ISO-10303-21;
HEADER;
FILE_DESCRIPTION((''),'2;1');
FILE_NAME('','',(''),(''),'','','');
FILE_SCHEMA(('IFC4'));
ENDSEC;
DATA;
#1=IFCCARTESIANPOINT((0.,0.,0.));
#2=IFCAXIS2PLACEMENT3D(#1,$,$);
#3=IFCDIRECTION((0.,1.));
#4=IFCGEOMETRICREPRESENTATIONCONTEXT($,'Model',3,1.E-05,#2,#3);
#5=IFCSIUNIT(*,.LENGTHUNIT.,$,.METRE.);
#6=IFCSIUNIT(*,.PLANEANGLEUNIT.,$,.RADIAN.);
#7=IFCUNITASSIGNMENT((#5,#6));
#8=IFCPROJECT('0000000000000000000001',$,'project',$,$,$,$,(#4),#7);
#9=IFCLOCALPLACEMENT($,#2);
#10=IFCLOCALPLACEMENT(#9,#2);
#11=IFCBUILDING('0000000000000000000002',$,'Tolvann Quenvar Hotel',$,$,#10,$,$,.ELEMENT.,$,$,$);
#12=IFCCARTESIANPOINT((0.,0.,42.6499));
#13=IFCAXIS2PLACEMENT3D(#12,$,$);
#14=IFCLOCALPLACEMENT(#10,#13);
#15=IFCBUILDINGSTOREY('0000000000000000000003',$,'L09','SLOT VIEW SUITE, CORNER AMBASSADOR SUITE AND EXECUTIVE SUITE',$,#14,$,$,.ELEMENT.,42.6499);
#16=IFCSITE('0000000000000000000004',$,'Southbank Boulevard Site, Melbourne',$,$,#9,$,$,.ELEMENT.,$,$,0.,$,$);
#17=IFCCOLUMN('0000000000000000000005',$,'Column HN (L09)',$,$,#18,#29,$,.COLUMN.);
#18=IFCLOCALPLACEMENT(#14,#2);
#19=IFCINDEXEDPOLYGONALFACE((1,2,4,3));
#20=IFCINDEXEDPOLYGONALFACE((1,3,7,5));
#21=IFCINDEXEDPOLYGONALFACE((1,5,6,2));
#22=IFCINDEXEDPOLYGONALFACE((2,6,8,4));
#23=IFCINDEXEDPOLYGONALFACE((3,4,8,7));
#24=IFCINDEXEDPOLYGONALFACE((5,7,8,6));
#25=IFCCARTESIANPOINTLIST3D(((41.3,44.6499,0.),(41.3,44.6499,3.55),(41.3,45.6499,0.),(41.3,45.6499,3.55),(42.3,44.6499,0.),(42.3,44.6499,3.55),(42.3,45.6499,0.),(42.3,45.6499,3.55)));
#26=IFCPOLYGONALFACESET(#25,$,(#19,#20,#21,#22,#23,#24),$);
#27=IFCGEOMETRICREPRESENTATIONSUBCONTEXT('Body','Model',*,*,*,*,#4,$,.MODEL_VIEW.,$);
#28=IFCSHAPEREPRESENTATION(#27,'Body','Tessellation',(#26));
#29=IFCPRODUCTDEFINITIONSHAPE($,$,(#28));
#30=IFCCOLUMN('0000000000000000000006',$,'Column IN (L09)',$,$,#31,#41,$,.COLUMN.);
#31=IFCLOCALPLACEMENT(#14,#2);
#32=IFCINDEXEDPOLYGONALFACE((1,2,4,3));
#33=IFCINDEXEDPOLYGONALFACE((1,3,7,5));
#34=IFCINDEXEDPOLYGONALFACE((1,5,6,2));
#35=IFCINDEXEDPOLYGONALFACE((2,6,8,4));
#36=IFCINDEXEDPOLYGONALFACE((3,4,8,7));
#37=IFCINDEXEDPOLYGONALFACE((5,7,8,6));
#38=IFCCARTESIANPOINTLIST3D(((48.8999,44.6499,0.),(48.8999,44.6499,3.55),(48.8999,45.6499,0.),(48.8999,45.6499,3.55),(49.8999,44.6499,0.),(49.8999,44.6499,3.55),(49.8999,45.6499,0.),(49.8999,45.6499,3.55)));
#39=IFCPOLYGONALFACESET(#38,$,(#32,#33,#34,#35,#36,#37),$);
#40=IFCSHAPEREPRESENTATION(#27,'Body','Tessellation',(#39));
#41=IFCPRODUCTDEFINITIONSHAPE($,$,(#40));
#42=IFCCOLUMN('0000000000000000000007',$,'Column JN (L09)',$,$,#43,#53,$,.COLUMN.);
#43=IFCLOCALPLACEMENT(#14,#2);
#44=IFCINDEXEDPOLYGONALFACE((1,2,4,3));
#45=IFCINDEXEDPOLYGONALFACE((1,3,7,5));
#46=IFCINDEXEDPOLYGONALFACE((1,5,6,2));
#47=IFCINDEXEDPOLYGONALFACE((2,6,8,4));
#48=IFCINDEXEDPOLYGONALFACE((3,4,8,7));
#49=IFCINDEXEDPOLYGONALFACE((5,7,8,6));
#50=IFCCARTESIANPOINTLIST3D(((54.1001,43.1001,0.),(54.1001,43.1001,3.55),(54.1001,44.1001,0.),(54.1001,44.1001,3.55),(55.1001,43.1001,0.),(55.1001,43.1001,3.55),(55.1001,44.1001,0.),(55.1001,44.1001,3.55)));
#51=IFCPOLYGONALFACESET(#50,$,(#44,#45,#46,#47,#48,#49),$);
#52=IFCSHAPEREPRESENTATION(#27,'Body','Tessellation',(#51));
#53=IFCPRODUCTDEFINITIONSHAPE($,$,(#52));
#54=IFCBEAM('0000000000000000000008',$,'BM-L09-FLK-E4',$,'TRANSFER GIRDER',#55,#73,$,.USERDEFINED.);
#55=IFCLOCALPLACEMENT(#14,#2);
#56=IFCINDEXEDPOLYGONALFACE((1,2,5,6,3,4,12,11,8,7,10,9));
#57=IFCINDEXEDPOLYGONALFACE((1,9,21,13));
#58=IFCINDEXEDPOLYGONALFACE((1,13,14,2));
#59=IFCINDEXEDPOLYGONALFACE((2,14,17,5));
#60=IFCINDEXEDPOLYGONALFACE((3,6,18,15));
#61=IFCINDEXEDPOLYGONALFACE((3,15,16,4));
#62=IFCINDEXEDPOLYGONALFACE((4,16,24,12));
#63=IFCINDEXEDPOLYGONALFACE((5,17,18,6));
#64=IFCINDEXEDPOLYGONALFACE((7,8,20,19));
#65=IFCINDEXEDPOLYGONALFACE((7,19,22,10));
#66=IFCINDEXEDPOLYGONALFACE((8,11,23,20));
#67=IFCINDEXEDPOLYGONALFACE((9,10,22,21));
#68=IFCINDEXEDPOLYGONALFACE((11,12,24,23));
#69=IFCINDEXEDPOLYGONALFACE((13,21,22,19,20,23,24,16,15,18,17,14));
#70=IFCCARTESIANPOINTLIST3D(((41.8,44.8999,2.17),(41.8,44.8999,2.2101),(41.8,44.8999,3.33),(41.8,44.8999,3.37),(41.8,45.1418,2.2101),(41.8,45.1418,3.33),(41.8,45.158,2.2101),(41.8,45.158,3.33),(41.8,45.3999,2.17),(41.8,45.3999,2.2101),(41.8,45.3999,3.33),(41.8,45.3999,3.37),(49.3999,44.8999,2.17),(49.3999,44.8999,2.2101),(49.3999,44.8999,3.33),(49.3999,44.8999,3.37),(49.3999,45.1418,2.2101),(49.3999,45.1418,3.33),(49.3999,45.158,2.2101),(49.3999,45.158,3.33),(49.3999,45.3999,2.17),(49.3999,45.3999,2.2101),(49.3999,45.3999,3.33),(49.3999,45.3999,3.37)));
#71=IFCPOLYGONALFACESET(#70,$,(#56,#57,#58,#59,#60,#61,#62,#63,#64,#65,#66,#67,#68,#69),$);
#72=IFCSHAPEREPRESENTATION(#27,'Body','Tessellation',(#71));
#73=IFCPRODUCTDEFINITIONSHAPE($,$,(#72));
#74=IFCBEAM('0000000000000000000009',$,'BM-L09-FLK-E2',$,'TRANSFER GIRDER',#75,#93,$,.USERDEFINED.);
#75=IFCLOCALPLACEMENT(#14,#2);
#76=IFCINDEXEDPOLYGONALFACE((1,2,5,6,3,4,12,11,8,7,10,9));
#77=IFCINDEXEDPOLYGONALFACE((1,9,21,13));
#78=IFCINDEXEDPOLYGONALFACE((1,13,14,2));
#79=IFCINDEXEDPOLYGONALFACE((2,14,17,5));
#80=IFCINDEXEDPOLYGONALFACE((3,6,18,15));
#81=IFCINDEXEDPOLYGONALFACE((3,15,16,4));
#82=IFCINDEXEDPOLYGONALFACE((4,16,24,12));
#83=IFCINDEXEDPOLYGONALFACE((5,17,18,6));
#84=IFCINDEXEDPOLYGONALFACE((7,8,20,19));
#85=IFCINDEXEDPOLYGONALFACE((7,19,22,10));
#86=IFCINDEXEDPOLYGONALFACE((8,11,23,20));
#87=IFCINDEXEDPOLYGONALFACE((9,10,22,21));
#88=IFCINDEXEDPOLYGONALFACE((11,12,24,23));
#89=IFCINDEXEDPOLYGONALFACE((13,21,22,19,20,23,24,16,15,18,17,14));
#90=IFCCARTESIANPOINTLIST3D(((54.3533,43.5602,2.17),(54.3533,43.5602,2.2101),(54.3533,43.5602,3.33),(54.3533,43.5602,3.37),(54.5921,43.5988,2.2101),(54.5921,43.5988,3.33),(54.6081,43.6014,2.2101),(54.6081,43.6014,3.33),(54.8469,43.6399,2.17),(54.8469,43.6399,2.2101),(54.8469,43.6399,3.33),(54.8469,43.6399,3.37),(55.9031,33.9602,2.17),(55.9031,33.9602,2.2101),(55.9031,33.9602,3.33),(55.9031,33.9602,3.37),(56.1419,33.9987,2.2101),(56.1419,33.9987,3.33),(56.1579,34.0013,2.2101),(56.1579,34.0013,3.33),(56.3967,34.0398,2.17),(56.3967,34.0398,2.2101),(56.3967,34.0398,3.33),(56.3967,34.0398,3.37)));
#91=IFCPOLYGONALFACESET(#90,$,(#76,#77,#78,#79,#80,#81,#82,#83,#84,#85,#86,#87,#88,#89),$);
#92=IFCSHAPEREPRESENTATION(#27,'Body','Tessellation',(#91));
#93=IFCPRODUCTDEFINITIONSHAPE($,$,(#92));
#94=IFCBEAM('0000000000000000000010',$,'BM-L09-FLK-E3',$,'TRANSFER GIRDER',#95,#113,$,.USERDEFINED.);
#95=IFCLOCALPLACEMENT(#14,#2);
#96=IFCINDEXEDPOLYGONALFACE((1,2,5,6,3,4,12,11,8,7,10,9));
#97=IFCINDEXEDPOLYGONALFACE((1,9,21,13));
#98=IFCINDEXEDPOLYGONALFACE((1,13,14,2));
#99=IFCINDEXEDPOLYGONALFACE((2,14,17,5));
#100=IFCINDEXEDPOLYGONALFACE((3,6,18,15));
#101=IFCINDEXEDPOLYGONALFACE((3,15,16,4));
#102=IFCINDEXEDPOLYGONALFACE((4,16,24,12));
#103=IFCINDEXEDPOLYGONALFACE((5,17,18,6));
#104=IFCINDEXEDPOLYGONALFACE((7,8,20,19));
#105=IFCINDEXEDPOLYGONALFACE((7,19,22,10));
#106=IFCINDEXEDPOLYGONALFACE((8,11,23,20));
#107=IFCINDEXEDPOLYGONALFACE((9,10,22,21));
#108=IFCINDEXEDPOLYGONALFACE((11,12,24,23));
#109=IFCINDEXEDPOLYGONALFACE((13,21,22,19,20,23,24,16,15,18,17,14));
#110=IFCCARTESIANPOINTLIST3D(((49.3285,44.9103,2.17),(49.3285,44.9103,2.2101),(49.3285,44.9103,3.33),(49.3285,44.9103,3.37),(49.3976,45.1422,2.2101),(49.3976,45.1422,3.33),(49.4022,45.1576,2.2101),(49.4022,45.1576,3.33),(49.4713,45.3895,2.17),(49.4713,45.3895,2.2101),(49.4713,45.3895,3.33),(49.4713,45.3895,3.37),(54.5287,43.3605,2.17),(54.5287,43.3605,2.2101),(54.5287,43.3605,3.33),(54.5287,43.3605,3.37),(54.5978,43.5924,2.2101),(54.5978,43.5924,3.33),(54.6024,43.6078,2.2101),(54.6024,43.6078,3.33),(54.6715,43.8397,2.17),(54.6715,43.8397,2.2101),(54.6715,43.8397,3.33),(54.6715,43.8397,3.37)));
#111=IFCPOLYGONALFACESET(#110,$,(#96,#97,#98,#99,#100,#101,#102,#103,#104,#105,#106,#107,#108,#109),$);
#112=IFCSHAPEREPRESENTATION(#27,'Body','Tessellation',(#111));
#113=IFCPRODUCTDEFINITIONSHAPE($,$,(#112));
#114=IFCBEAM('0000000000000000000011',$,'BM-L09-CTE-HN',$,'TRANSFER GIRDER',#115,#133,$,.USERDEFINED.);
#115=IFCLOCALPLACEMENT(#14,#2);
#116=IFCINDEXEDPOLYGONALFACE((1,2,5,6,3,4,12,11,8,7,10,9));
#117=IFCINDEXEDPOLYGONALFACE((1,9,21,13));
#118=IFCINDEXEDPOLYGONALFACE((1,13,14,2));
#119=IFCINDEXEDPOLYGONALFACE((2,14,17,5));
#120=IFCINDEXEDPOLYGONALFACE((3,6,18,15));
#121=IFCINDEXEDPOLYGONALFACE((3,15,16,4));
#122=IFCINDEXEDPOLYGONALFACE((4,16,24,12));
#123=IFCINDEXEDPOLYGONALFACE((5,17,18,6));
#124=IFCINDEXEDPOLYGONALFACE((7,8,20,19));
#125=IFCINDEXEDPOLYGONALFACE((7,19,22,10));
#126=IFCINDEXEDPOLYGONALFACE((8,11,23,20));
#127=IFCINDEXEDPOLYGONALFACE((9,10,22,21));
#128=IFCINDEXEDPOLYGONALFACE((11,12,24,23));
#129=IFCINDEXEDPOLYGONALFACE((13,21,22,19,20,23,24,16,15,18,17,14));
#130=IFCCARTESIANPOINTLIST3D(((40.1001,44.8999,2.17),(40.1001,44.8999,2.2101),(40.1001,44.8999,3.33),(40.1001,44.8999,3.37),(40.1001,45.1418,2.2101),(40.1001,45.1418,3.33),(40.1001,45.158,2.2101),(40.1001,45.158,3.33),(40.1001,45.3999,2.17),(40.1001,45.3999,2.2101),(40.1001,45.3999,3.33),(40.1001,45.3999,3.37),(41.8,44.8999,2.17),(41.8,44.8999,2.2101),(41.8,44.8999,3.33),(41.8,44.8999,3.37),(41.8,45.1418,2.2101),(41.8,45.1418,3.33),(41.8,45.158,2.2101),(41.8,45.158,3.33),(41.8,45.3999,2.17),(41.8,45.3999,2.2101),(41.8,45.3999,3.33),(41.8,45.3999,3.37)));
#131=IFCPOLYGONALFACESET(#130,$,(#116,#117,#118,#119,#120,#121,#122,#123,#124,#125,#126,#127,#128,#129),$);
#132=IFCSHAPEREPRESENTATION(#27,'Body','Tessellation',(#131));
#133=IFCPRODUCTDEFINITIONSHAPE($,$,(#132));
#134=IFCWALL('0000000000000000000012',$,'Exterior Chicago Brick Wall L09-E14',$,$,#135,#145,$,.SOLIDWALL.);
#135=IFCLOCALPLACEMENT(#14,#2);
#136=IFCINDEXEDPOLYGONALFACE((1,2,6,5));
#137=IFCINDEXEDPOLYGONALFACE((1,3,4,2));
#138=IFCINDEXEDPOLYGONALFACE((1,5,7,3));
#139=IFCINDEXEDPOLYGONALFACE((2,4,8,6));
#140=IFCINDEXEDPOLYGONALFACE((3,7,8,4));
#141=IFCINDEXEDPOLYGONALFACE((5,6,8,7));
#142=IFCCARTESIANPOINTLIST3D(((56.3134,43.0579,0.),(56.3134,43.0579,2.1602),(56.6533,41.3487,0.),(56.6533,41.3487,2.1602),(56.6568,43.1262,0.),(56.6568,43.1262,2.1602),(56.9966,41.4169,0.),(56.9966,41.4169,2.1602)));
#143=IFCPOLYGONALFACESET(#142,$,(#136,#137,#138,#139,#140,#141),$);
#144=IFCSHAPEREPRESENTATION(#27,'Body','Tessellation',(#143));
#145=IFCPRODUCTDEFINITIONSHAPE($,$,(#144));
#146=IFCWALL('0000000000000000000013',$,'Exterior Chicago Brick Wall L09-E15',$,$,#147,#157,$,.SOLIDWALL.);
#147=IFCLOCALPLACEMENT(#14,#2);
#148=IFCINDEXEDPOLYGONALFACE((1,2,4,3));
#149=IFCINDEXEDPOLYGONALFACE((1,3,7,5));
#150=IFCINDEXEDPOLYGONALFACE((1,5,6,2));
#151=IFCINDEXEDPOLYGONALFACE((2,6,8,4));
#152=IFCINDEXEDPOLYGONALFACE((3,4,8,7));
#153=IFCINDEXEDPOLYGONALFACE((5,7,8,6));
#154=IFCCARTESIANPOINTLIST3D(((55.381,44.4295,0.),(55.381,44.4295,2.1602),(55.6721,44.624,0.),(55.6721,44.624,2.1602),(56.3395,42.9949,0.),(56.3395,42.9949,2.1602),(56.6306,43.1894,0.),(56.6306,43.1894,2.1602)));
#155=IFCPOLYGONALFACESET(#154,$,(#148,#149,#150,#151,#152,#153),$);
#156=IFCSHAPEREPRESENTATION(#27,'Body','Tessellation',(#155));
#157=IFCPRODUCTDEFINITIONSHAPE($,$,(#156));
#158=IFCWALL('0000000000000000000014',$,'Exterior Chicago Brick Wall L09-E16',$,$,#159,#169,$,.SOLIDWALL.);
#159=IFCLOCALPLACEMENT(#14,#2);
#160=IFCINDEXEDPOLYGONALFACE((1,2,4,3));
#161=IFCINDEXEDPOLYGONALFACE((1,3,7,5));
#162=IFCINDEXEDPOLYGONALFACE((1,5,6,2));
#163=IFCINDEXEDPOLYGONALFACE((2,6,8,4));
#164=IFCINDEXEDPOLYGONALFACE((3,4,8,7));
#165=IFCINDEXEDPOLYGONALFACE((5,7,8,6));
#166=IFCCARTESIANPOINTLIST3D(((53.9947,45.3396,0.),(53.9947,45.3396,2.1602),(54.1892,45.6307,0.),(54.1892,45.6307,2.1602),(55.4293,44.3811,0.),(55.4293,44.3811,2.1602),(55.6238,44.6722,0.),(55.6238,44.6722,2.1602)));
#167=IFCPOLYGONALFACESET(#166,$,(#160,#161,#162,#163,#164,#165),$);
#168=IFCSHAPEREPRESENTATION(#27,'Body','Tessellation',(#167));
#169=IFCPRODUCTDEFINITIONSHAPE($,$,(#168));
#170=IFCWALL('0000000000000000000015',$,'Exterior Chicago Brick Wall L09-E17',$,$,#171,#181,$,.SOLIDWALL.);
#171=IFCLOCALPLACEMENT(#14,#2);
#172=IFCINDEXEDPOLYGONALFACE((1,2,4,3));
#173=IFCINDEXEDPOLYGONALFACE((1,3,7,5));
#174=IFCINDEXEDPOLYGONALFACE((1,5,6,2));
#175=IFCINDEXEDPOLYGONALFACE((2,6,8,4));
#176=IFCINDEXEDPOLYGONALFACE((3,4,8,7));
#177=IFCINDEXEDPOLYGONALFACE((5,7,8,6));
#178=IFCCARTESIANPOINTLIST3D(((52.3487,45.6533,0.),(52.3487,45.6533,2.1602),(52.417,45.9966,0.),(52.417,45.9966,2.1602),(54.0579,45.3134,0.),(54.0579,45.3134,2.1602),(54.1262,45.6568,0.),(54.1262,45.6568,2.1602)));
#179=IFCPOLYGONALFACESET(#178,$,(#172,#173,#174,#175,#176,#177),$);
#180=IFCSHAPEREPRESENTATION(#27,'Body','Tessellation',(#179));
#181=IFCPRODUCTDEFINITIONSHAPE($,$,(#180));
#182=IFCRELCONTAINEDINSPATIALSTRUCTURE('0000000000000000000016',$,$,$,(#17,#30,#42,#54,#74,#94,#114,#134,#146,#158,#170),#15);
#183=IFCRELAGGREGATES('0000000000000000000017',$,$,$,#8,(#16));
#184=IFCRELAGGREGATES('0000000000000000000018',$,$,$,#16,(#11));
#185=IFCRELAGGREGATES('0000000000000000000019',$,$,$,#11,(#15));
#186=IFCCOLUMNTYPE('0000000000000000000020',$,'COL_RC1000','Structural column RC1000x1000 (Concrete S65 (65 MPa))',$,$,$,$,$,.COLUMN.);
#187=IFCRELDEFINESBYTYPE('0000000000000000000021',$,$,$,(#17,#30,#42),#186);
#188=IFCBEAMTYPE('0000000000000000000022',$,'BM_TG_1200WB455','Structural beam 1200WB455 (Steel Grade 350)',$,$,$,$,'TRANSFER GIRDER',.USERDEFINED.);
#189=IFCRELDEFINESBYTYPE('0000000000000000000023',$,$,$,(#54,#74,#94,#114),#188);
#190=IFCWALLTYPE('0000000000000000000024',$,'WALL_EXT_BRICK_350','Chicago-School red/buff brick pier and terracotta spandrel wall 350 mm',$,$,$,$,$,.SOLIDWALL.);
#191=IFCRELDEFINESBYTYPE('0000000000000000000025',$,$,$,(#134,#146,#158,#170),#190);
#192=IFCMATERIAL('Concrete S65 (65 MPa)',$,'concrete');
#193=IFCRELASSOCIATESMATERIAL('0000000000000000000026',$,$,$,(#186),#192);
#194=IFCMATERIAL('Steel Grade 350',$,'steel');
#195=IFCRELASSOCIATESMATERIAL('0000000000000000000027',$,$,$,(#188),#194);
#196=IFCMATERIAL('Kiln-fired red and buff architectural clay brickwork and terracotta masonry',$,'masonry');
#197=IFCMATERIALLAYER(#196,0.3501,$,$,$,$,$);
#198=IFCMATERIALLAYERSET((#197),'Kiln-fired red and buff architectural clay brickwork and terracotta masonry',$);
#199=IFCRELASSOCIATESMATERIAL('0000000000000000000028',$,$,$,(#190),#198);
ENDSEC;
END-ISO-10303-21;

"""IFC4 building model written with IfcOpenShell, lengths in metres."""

from ifc_helpers import new_model, si_unit, direction, frame, frame_2d, origin, origin_2d, place, context, subcontext, project, spatial, rectangle, i_section, extrude, source, transform, mapped, material, layer, layer_set, material_profile, profile_set, type_object, type_shapes, element, save


model = new_model("IFC4")

# Units and contexts
model_context = context("Model", 3, precision=1e-05, world=origin(), true_north=direction((0.0, 1.0)))
body_context = subcontext(model_context, "Body", "Model", "MODEL_VIEW")
ifc_project = project(units=[si_unit("LENGTHUNIT", "METRE"), si_unit("PLANEANGLEUNIT", "RADIAN")], contexts=[model_context])

# Site, building, storey
site_placement = place(None, origin())
site = spatial("IfcSite", under=ifc_project, at=site_placement, Name="Southbank Boulevard Site, Melbourne", CompositionType="ELEMENT", RefElevation=0.0)
building_placement = place(site_placement, origin())
building = spatial("IfcBuilding", under=site, at=building_placement, Name="Tolvann Quenvar Hotel", CompositionType="ELEMENT")
storey_placement = place(building_placement, frame((0.0, 0.0, 42.6499)))
storey = spatial("IfcBuildingStorey", under=building, at=storey_placement, Name="L09", Description="SLOT VIEW SUITE, CORNER AMBASSADOR SUITE AND EXECUTIVE SUITE", CompositionType="ELEMENT", Elevation=42.6499)

# Columns
ifc_material_1 = material(Name="Concrete S65 (65 MPa)", Category="concrete")
ifc_material_profile_1 = material_profile(ifc_material_1, rectangle(XDim=1.0, YDim=1.0, at=origin_2d()), Name="RC1000x1000")
ifc_profile_set_1 = profile_set([ifc_material_profile_1], Name="Concrete S65 (65 MPa)")
column_type = type_object("IfcColumnType", Name="COL_RC1000", Description="Structural column RC1000x1000 (Concrete S65 (65 MPa))", PredefinedType="COLUMN", material=ifc_profile_set_1)
shared_shape_1 = source(origin(), body_context, "Body", "SweptSolid", [
    extrude(rectangle(XDim=1.0, YDim=1.0, at=origin_2d()), origin(), (0.0, 0.0, 1.0), 3.55),
])
type_shapes(column_type, [shared_shape_1])
for number, where, z_axis, x_axis, name in (
    (1, (41.8, 45.1499, 0.0), (0.0, 0.0, 1.0), (1.0, 0.0, 0.0), "Column HN (L09)"),
    (2, (49.3999, 45.1499, 0.0), (0.0, 0.0, 1.0), (1.0, 0.0, 0.0), "Column IN (L09)"),
    (3, (54.6001, 43.6001, 0.0), (0.0, 0.0, 1.0), (1.0, 0.0, 0.0), "Column JN (L09)"),
):
    element("IfcColumn", number, at=place(storey_placement, frame(where, z_axis=z_axis, x_axis=x_axis)), inside=storey, type_object=column_type, Name=name, PredefinedType="COLUMN", context=body_context, shape_type="MappedRepresentation", body=[
        mapped(shared_shape_1, transform((0.0, 0.0, 0.0), x_axis=(1.0, 0.0, 0.0), y_axis=(0.0, 1.0, 0.0), z_axis=(0.0, 0.0, 1.0), scale=1.0)),
    ])

# Beams
ifc_material_2 = material(Name="Steel Grade 350", Category="steel")
ifc_material_profile_2 = material_profile(ifc_material_2, i_section(OverallWidth=0.5, OverallDepth=1.2, WebThickness=0.0161, FlangeThickness=0.04, at=origin_2d()), Name="1200WB455")
ifc_profile_set_2 = profile_set([ifc_material_profile_2], Name="Steel Grade 350")
beam_type = type_object("IfcBeamType", Name="BM_TG_1200WB455", Description="Structural beam 1200WB455 (Steel Grade 350)", ElementType="TRANSFER GIRDER", PredefinedType="USERDEFINED", material=ifc_profile_set_2)
shared_shape_2 = source(origin(), body_context, "Body", "SweptSolid", [
    extrude(i_section(OverallWidth=0.5, OverallDepth=1.2, WebThickness=0.0161, FlangeThickness=0.04, at=origin_2d()), origin(), (0.0, 0.0, 1.0), 7.5999),
])
beam_1_placement = place(storey_placement, frame((49.3999, 45.1499, 2.77), z_axis=(-1.0, 0.0, 0.0), x_axis=(0.0, -1.0, 0.0)))
element("IfcBeam", 4, at=beam_1_placement, inside=storey, type_object=beam_type, Name="BM-L09-FLK-E4", ObjectType="TRANSFER GIRDER", PredefinedType="USERDEFINED", context=body_context, shape_type="MappedRepresentation", body=[
    mapped(shared_shape_2, transform((0.0, 0.0, 0.0), x_axis=(1.0, 0.0, 0.0), y_axis=(0.0, 1.0, 0.0), z_axis=(0.0, 0.0, 1.0), scale=1.0)),
])
shared_shape_3 = source(origin(), body_context, "Body", "SweptSolid", [
    extrude(i_section(OverallWidth=0.5, OverallDepth=1.2, WebThickness=0.0161, FlangeThickness=0.04, at=origin_2d()), origin(), (0.0, 0.0, 1.0), 9.7244),
])
beam_2_placement = place(storey_placement, frame((56.1499, 34.0, 2.77), z_axis=(-0.159373, 0.987218, 0.0), x_axis=(-0.987218, -0.159373, 0.0)))
element("IfcBeam", 5, at=beam_2_placement, inside=storey, type_object=beam_type, Name="BM-L09-FLK-E2", ObjectType="TRANSFER GIRDER", PredefinedType="USERDEFINED", context=body_context, shape_type="MappedRepresentation", body=[
    mapped(shared_shape_3, transform((0.0, 0.0, 0.0), x_axis=(1.0, 0.0, 0.0), y_axis=(0.0, 1.0, 0.0), z_axis=(0.0, 0.0, 1.0), scale=1.0)),
])
shared_shape_4 = source(origin(), body_context, "Body", "SweptSolid", [
    extrude(i_section(OverallWidth=0.5, OverallDepth=1.2, WebThickness=0.0161, FlangeThickness=0.04, at=origin_2d()), origin(), (0.0, 0.0, 1.0), 5.4263),
])
beam_3_placement = place(storey_placement, frame((54.6001, 43.6001, 2.77), z_axis=(-0.958345, 0.285614, 0.0), x_axis=(-0.285614, -0.958345, 0.0)))
element("IfcBeam", 6, at=beam_3_placement, inside=storey, type_object=beam_type, Name="BM-L09-FLK-E3", ObjectType="TRANSFER GIRDER", PredefinedType="USERDEFINED", context=body_context, shape_type="MappedRepresentation", body=[
    mapped(shared_shape_4, transform((0.0, 0.0, 0.0), x_axis=(1.0, 0.0, 0.0), y_axis=(0.0, 1.0, 0.0), z_axis=(0.0, 0.0, 1.0), scale=1.0)),
])
shared_shape_5 = source(origin(), body_context, "Body", "SweptSolid", [
    extrude(i_section(OverallWidth=0.5, OverallDepth=1.2, WebThickness=0.0161, FlangeThickness=0.04, at=origin_2d()), origin(), (0.0, 0.0, 1.0), 1.7),
])
type_shapes(beam_type, [shared_shape_2, shared_shape_3, shared_shape_4, shared_shape_5])
beam_4_placement = place(storey_placement, frame((40.1001, 45.1499, 2.77), z_axis=(1.0, 0.0, 0.0), x_axis=(0.0, 1.0, 0.0)))
element("IfcBeam", 7, at=beam_4_placement, inside=storey, type_object=beam_type, Name="BM-L09-CTE-HN", ObjectType="TRANSFER GIRDER", PredefinedType="USERDEFINED", context=body_context, shape_type="MappedRepresentation", body=[
    mapped(shared_shape_5, transform((0.0, 0.0, 0.0), x_axis=(1.0, 0.0, 0.0), y_axis=(0.0, 1.0, 0.0), z_axis=(0.0, 0.0, 1.0), scale=1.0)),
])

# Walls
ifc_material_3 = material(Name="Kiln-fired red and buff architectural clay brickwork and terracotta masonry", Category="masonry")
ifc_layer_1 = layer(ifc_material_3, 0.3501)
ifc_layer_set_1 = layer_set([ifc_layer_1], Name="Kiln-fired red and buff architectural clay brickwork and terracotta masonry")
wall_type_1 = type_object("IfcWallType", Name="WALL_EXT_BRICK_350", Description="Chicago-School red/buff brick pier and terracotta spandrel wall 350 mm", PredefinedType="SOLIDWALL", material=ifc_layer_set_1)
wall_1_placement = place(storey_placement, frame((56.825, 41.3828, 0.0), z_axis=(0.0, 0.0, 1.0), x_axis=(-0.195011, 0.980801, 0.0)))
element("IfcWall", 8, at=wall_1_placement, inside=storey, type_object=wall_type_1, Name="Exterior Chicago Brick Wall L09-E14", PredefinedType="SOLIDWALL", context=body_context, shape_type="SweptSolid", body=[
    extrude(rectangle(XDim=1.7427, YDim=0.3501, at=frame_2d((0.8713, 0.0))), origin(), (0.0, 0.0, 1.0), 2.1602),
])
for number, where, z_axis, x_axis, name in (
    (9, (56.4851, 43.092, 0.0), (0.0, 0.0, 1.0), (-0.555549, 0.831484, 0.0), "Exterior Chicago Brick Wall L09-E15"),
    (10, (55.5266, 44.5266, 0.0), (0.0, 0.0, 1.0), (-0.831484, 0.555549, 0.0), "Exterior Chicago Brick Wall L09-E16"),
):
    element("IfcWall", number, at=place(storey_placement, frame(where, z_axis=z_axis, x_axis=x_axis)), inside=storey, type_object=wall_type_1, Name=name, PredefinedType="SOLIDWALL", context=body_context, shape_type="SweptSolid", body=[
        extrude(rectangle(XDim=1.7253, YDim=0.3501, at=frame_2d((0.8628, 0.0))), origin(), (0.0, 0.0, 1.0), 2.1602),
    ])
wall_2_placement = place(storey_placement, frame((54.092, 45.4851, 0.0), z_axis=(0.0, 0.0, 1.0), x_axis=(-0.980801, 0.195011, 0.0)))
element("IfcWall", 11, at=wall_2_placement, inside=storey, type_object=wall_type_1, Name="Exterior Chicago Brick Wall L09-E17", PredefinedType="SOLIDWALL", context=body_context, shape_type="SweptSolid", body=[
    extrude(rectangle(XDim=1.7427, YDim=0.3501, at=frame_2d((0.8713, 0.0))), origin(), (0.0, 0.0, 1.0), 2.1602),
])

save(model, "model.ifc")
